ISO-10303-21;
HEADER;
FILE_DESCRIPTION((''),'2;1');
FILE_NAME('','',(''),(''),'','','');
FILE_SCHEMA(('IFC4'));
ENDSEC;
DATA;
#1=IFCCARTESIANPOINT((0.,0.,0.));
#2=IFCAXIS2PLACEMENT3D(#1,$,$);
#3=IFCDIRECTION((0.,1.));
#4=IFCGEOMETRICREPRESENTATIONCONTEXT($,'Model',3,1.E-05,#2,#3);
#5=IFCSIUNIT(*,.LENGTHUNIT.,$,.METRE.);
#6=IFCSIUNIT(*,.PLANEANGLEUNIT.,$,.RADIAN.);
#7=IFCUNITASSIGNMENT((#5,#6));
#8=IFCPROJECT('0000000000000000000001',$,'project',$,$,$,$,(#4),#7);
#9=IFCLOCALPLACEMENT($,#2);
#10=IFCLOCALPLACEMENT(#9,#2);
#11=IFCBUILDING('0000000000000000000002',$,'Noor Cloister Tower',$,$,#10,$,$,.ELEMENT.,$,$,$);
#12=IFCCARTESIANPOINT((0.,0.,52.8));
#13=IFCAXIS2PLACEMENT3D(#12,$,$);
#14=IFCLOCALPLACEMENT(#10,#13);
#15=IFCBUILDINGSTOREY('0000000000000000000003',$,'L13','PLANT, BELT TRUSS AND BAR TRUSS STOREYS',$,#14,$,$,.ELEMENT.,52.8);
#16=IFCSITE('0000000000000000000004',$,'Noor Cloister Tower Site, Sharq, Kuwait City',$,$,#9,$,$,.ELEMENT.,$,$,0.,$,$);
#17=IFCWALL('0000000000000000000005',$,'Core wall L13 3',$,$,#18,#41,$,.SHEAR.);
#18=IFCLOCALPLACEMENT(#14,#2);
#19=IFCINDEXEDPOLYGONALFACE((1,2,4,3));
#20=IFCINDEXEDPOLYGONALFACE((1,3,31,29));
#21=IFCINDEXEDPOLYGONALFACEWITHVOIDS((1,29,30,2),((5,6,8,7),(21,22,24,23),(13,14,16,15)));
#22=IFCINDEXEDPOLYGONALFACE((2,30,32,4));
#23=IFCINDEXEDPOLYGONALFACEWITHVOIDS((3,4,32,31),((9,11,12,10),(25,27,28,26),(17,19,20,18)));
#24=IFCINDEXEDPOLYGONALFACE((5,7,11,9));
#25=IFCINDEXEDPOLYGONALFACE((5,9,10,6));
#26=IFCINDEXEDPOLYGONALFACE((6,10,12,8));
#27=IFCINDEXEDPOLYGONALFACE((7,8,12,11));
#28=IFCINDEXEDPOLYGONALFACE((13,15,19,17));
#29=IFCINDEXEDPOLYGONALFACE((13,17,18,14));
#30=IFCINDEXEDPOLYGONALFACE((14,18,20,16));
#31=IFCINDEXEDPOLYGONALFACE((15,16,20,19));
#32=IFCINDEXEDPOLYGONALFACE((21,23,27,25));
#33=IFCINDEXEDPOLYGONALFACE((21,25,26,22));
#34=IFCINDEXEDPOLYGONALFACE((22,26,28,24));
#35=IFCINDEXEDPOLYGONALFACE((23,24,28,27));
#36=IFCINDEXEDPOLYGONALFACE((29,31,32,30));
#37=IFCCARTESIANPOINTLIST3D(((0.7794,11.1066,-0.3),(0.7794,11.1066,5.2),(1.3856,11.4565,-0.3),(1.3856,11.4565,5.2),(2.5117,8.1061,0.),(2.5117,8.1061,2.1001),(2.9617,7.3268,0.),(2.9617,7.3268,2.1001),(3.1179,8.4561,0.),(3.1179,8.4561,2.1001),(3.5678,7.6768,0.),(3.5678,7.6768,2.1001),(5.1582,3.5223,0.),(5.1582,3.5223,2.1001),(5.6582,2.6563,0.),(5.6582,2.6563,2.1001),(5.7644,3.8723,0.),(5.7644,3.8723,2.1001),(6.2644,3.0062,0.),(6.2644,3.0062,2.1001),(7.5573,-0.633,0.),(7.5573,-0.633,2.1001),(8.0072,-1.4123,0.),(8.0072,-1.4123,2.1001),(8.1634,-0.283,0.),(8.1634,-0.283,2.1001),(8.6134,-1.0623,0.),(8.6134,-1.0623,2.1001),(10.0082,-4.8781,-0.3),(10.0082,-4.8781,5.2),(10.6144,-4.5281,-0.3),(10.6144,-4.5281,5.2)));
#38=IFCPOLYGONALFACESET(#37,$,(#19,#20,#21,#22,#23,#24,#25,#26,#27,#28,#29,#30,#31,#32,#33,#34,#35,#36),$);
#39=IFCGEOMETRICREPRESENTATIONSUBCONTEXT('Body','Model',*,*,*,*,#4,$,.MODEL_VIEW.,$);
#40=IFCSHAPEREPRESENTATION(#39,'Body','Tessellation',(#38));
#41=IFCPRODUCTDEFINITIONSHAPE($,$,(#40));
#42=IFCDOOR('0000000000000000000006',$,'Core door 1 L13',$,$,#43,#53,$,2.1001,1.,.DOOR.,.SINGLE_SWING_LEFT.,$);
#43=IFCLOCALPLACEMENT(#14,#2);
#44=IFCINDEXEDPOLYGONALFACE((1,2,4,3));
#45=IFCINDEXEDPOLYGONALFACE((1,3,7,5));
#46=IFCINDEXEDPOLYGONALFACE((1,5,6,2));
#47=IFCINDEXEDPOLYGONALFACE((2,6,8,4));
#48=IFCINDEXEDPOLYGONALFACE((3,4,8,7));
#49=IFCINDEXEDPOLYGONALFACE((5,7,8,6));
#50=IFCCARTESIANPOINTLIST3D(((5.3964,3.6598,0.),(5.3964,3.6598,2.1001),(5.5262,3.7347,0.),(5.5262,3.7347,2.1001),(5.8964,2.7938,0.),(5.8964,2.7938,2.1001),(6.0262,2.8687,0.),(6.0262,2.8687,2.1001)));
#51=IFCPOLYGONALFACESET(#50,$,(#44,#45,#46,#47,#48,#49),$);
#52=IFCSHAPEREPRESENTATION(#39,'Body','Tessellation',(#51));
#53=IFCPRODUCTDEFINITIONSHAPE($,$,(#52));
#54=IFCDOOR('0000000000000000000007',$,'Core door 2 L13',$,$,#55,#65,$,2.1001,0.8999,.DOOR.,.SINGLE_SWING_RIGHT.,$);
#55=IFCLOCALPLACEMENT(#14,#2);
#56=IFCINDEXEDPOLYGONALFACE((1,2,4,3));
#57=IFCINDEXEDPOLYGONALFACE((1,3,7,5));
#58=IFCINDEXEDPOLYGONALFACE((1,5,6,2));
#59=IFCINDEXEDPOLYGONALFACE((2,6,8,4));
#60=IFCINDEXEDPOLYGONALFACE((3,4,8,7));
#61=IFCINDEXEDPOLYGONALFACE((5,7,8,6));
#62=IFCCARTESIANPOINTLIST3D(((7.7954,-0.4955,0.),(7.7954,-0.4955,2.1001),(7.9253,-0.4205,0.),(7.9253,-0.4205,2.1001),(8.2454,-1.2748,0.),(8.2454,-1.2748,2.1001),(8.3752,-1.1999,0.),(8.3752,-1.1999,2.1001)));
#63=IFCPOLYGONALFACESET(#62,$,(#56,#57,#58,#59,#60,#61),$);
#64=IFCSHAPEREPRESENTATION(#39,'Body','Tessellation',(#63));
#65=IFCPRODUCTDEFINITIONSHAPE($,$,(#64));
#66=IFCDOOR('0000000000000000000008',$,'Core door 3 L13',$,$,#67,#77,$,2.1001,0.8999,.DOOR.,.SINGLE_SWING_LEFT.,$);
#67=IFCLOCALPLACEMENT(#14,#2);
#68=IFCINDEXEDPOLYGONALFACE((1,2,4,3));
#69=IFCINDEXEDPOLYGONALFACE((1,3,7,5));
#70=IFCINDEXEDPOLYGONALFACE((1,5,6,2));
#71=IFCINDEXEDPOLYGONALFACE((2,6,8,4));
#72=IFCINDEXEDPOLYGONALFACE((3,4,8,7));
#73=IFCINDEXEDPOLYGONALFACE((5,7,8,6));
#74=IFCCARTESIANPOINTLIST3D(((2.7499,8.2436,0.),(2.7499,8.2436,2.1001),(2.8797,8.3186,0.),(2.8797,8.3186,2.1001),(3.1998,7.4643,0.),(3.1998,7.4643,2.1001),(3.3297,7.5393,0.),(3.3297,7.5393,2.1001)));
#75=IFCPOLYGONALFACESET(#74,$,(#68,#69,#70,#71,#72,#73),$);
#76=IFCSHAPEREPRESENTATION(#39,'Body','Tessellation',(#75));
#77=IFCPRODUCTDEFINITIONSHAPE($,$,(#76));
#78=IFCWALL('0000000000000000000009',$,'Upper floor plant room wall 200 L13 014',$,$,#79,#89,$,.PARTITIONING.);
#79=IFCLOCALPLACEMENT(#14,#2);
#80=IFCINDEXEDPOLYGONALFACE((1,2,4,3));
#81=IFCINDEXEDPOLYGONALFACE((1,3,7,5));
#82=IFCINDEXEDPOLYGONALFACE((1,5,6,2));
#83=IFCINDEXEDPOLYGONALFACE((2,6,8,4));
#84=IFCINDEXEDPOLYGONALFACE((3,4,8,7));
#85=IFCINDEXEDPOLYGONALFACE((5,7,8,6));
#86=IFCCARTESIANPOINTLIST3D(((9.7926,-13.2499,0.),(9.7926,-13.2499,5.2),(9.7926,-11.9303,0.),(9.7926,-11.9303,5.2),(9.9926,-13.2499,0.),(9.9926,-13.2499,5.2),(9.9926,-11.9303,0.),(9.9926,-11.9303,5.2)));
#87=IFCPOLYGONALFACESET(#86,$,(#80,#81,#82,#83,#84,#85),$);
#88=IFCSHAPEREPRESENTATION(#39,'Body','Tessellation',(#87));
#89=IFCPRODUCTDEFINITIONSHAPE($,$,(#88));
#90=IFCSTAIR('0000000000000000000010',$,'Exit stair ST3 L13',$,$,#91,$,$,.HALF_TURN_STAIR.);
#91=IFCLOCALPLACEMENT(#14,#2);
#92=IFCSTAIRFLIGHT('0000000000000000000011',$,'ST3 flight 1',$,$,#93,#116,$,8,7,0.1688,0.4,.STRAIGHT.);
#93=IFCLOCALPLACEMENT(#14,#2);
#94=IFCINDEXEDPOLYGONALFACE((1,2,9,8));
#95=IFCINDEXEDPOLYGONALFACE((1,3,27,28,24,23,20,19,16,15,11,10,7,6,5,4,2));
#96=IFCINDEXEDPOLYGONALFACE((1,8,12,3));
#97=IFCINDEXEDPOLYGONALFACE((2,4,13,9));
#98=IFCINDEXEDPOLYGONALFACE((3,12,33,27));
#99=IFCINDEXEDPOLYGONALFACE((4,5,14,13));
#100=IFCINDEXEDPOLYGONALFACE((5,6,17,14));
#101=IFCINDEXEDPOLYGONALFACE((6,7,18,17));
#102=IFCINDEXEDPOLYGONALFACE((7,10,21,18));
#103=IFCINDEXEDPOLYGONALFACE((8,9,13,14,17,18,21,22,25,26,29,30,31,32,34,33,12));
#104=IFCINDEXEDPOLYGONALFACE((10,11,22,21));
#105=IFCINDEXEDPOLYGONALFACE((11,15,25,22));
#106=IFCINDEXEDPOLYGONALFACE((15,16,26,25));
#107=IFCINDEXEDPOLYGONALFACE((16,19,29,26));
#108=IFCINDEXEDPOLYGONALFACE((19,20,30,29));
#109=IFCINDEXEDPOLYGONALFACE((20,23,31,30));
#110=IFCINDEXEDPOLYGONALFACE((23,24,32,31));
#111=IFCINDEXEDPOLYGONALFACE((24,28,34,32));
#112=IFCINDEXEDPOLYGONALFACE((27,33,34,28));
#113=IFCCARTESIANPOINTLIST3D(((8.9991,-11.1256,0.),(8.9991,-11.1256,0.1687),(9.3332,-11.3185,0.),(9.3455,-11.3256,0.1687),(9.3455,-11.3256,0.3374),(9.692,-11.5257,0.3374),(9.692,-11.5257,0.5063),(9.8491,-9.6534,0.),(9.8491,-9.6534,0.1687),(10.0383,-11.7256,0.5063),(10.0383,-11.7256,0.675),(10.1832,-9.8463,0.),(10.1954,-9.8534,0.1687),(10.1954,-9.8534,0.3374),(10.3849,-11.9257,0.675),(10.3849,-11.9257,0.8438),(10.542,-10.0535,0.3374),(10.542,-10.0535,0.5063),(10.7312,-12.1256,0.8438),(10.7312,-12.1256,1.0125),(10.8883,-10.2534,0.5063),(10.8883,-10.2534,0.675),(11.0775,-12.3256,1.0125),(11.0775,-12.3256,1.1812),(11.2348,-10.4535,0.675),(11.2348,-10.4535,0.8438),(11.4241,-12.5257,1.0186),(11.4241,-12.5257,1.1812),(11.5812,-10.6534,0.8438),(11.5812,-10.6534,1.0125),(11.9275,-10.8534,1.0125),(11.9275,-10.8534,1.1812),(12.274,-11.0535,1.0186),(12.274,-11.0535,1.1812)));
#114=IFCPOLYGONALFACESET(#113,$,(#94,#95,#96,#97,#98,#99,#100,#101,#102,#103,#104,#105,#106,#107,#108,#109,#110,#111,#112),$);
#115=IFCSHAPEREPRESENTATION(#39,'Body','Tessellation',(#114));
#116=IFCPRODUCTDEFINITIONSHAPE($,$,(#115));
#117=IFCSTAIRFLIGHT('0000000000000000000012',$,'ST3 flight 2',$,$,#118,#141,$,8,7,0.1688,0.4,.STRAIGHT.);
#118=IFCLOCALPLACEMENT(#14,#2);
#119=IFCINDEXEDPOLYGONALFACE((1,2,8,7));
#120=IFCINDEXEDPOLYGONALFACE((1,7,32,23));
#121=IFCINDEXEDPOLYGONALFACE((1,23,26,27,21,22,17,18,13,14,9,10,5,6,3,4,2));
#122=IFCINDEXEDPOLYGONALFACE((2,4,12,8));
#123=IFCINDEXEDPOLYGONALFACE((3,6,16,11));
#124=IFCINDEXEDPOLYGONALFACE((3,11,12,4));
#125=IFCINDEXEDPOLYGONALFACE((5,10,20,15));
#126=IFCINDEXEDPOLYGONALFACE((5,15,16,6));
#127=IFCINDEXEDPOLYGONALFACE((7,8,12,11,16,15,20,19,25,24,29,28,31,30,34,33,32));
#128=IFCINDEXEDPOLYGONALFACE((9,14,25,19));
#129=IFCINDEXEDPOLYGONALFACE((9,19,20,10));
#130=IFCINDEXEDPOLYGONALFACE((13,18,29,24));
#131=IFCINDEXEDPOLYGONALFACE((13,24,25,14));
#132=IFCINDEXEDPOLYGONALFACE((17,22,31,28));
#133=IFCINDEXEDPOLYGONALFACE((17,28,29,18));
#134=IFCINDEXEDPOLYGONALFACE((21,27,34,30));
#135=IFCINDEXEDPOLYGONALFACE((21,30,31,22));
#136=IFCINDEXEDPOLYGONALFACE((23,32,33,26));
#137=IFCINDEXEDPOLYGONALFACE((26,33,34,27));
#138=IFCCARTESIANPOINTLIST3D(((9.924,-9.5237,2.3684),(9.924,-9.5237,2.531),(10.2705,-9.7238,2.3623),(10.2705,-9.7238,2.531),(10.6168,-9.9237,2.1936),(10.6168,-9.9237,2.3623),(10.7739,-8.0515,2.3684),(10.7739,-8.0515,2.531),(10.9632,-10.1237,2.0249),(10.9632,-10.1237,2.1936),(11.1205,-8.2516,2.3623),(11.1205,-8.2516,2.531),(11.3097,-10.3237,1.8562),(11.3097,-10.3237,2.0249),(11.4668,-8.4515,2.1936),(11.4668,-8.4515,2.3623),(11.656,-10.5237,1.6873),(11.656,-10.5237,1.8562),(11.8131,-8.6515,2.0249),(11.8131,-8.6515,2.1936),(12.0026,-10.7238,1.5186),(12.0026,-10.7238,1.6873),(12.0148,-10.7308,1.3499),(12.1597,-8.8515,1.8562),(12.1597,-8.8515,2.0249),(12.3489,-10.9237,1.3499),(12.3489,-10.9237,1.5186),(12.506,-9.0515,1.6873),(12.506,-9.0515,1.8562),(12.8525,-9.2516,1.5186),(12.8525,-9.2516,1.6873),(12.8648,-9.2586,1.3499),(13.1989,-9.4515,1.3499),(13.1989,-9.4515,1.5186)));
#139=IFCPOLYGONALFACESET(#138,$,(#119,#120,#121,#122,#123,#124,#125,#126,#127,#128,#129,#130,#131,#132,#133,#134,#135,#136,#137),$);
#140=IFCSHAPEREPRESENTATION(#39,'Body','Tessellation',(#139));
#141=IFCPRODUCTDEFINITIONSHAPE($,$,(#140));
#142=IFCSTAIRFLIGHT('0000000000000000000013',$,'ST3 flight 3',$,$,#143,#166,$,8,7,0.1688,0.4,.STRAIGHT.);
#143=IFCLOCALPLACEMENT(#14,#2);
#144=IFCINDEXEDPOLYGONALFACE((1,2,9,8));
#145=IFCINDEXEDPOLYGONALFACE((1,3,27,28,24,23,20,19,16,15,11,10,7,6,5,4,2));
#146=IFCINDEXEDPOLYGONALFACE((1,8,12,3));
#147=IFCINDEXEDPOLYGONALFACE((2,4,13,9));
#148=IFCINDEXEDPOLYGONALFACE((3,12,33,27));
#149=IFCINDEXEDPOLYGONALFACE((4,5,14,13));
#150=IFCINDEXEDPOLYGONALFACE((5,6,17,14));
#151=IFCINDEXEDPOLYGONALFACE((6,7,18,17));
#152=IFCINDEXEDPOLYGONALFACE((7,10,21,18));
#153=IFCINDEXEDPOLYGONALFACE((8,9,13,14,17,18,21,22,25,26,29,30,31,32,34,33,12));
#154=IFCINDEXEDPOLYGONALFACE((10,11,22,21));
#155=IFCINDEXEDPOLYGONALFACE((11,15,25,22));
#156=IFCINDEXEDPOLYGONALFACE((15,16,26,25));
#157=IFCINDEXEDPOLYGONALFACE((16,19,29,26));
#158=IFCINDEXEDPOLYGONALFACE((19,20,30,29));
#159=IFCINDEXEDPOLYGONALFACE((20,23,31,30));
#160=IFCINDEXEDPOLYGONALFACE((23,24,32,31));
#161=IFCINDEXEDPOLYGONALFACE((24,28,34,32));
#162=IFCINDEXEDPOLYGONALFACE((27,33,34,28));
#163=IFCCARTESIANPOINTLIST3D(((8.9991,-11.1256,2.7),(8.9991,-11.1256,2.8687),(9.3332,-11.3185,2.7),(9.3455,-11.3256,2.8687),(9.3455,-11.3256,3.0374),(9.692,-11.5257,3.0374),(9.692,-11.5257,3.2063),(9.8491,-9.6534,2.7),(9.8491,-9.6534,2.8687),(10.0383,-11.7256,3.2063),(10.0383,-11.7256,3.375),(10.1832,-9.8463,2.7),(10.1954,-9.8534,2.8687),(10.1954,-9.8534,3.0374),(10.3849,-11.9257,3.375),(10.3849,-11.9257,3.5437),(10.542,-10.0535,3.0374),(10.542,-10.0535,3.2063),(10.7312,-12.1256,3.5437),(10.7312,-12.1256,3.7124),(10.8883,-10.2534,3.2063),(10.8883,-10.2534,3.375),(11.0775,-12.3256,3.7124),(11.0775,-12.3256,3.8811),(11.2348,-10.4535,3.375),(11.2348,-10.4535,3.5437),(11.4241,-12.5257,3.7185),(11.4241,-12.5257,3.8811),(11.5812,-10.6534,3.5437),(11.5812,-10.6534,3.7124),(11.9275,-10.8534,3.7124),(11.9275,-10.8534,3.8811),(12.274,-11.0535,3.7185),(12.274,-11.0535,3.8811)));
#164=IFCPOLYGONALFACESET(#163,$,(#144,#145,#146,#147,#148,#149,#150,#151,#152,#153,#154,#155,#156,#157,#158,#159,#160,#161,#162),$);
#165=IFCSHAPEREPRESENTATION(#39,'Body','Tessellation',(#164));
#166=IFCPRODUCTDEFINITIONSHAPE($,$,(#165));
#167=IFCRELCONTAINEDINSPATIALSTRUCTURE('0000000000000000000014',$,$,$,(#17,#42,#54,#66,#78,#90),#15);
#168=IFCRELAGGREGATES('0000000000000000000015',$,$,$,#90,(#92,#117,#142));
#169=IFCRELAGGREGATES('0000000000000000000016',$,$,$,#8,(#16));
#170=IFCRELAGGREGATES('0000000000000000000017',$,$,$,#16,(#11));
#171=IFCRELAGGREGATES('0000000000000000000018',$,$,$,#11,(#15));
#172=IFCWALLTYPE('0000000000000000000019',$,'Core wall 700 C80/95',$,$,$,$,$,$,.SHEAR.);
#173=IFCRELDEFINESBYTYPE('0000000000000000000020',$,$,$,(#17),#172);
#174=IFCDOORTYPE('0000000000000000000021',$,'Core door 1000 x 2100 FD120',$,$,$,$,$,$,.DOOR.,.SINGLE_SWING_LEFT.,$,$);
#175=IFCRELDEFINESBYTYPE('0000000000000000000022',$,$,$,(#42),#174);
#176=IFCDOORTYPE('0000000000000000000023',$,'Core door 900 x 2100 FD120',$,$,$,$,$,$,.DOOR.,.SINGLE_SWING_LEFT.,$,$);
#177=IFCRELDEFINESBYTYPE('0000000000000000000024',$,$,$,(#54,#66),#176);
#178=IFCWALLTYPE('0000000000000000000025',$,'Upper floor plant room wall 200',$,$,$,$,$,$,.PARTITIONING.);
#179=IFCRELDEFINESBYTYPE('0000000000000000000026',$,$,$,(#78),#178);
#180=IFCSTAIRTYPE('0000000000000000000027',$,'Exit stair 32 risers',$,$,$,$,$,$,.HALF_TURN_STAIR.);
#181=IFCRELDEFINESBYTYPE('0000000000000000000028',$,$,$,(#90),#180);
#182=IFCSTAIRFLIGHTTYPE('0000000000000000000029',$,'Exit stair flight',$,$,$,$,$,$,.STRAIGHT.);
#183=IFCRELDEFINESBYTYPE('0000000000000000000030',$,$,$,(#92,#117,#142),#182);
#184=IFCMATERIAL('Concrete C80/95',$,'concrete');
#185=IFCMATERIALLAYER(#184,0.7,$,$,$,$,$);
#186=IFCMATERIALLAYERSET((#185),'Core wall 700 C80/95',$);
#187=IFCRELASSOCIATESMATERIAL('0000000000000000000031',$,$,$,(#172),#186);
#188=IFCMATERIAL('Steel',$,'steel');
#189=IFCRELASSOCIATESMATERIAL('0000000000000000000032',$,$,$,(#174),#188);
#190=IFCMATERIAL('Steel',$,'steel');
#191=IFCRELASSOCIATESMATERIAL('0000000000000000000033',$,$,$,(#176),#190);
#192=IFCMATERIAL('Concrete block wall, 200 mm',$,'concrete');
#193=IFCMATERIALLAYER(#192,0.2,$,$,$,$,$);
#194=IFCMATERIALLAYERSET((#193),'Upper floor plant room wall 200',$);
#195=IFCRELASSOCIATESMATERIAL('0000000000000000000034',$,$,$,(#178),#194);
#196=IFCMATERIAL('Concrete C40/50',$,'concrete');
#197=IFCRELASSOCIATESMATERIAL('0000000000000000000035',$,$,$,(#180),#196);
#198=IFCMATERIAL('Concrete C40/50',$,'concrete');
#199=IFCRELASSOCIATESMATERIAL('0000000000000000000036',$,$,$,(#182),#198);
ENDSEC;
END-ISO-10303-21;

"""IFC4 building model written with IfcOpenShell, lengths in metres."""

from ifc_helpers import new_model, si_unit, direction, frame, frame_2d, origin, place, context, subcontext, project, spatial, polyline, rectangle, outline, extrude, material, layer, layer_set, type_object, element, fill, aggregate, save


model = new_model("IFC4")

# Units and contexts
model_context = context("Model", 3, precision=1e-05, world=origin(), true_north=direction((0.0, 1.0)))
body_context = subcontext(model_context, "Body", "Model", "MODEL_VIEW")
ifc_project = project(units=[si_unit("LENGTHUNIT", "METRE"), si_unit("PLANEANGLEUNIT", "RADIAN")], contexts=[model_context])

# Site, building, storey
site_placement = place(None, origin())
site = spatial("IfcSite", under=ifc_project, at=site_placement, Name="Noor Cloister Tower Site, Sharq, Kuwait City", CompositionType="ELEMENT", RefElevation=0.0)
building_placement = place(site_placement, origin())
building = spatial("IfcBuilding", under=site, at=building_placement, Name="Noor Cloister Tower", CompositionType="ELEMENT")
storey_placement = place(building_placement, frame((0.0, 0.0, 52.8)))
storey = spatial("IfcBuildingStorey", under=building, at=storey_placement, Name="L13", Description="PLANT, BELT TRUSS AND BAR TRUSS STOREYS", CompositionType="ELEMENT", Elevation=52.8)

# Wall, openings, doors
ifc_material_1 = material(Name="Concrete C80/95", Category="concrete")
ifc_layer_1 = layer(ifc_material_1, 0.7)
ifc_layer_set_1 = layer_set([ifc_layer_1], Name="Core wall 700 C80/95")
wall_type_1 = type_object("IfcWallType", Name="Core wall 700 C80/95", PredefinedType="SHEAR", material=ifc_layer_set_1)
wall_1_placement = place(storey_placement, frame((10.3113, -4.7031, -0.3), z_axis=(0.0, 0.0, 1.0), x_axis=(-0.500001, 0.866025, 0.0)))
wall_1 = element("IfcWall", 1, at=wall_1_placement, inside=storey, type_object=wall_type_1, Name="Core wall L13 3", PredefinedType="SHEAR", context=body_context, shape_type="SweptSolid", body=[
    extrude(rectangle(XDim=18.4575, YDim=0.7, at=frame_2d((9.2288, 0.0))), origin(), (0.0, 0.0, 1.0), 5.5),
])
opening_1_placement = place(wall_1_placement, frame((8.7, 0.0, 0.3)))
opening_1 = element("IfcOpeningElement", 2, at=opening_1_placement, cuts=wall_1, PredefinedType="OPENING", context=body_context, shape_type="SweptSolid", body=[
    extrude(rectangle(XDim=1.0, YDim=2.1001, at=frame_2d((0.5, 1.05))), frame((0.0, 0.3599, 0.0), z_axis=(0.0, -1.0, 0.0), x_axis=(1.0, 0.0, 0.0)), (0.0, 0.0, 1.0), 0.72),
])
opening_2_placement = place(wall_1_placement, frame((4.002, 0.0, 0.3)))
opening_2 = element("IfcOpeningElement", 3, at=opening_2_placement, cuts=wall_1, PredefinedType="OPENING", context=body_context, shape_type="SweptSolid", body=[
    extrude(rectangle(XDim=0.8999, YDim=2.1001, at=frame_2d((0.45, 1.05))), frame((0.0, 0.3599, 0.0), z_axis=(0.0, -1.0, 0.0), x_axis=(1.0, 0.0, 0.0)), (0.0, 0.0, 1.0), 0.72),
])
opening_3_placement = place(wall_1_placement, frame((14.093, 0.0, 0.3)))
opening_3 = element("IfcOpeningElement", 4, at=opening_3_placement, cuts=wall_1, PredefinedType="OPENING", context=body_context, shape_type="SweptSolid", body=[
    extrude(rectangle(XDim=0.8999, YDim=2.1001, at=frame_2d((0.45, 1.05))), frame((0.0, 0.3599, 0.0), z_axis=(0.0, -1.0, 0.0), x_axis=(1.0, 0.0, 0.0)), (0.0, 0.0, 1.0), 0.72),
])
ifc_material_2 = material(Name="Steel", Category="steel")
door_type_1 = type_object("IfcDoorType", Name="Core door 1000 x 2100 FD120", OperationType="SINGLE_SWING_LEFT", PredefinedType="DOOR", material=ifc_material_2)
door_1_placement = place(opening_1_placement, origin())
door_1 = element("IfcDoor", 5, at=door_1_placement, inside=storey, type_object=door_type_1, Name="Core door 1 L13", OperationType="SINGLE_SWING_LEFT", OverallHeight=2.1001, OverallWidth=1.0, PredefinedType="DOOR", context=body_context, shape_type="SweptSolid", body=[
    extrude(rectangle(XDim=1.0, YDim=2.1001, at=frame_2d((0.5, 1.05))), frame((0.0, 0.075, 0.0), z_axis=(0.0, -1.0, 0.0), x_axis=(1.0, 0.0, 0.0)), (0.0, 0.0, 1.0), 0.1499),
])
fill(opening_1, door_1)
ifc_material_3 = material(Name="Steel", Category="steel")
door_type_2 = type_object("IfcDoorType", Name="Core door 900 x 2100 FD120", OperationType="SINGLE_SWING_LEFT", PredefinedType="DOOR", material=ifc_material_3)
door_2_placement = place(opening_2_placement, origin())
door_2 = element("IfcDoor", 6, at=door_2_placement, inside=storey, type_object=door_type_2, Name="Core door 2 L13", OperationType="SINGLE_SWING_RIGHT", OverallHeight=2.1001, OverallWidth=0.8999, PredefinedType="DOOR", context=body_context, shape_type="SweptSolid", body=[
    extrude(rectangle(XDim=0.8999, YDim=2.1001, at=frame_2d((0.45, 1.05))), frame((0.0, 0.075, 0.0), z_axis=(0.0, -1.0, 0.0), x_axis=(1.0, 0.0, 0.0)), (0.0, 0.0, 1.0), 0.1499),
])
fill(opening_2, door_2)
door_3_placement = place(opening_3_placement, origin())
door_3 = element("IfcDoor", 7, at=door_3_placement, inside=storey, type_object=door_type_2, Name="Core door 3 L13", OperationType="SINGLE_SWING_LEFT", OverallHeight=2.1001, OverallWidth=0.8999, PredefinedType="DOOR", context=body_context, shape_type="SweptSolid", body=[
    extrude(rectangle(XDim=0.8999, YDim=2.1001, at=frame_2d((0.45, 1.05))), frame((0.0, 0.075, 0.0), z_axis=(0.0, -1.0, 0.0), x_axis=(1.0, 0.0, 0.0)), (0.0, 0.0, 1.0), 0.1499),
])
fill(opening_3, door_3)

# Wall
ifc_material_4 = material(Name="Concrete block wall, 200 mm", Category="concrete")
ifc_layer_2 = layer(ifc_material_4, 0.2)
ifc_layer_set_2 = layer_set([ifc_layer_2], Name="Upper floor plant room wall 200")
wall_type_2 = type_object("IfcWallType", Name="Upper floor plant room wall 200", PredefinedType="PARTITIONING", material=ifc_layer_set_2)
wall_2_placement = place(storey_placement, frame((9.8926, -13.2498, 0.0), z_axis=(0.0, 0.0, 1.0), x_axis=(0.0, 1.0, 0.0)))
element("IfcWall", 8, at=wall_2_placement, inside=storey, type_object=wall_type_2, Name="Upper floor plant room wall 200 L13 014", PredefinedType="PARTITIONING", context=body_context, shape_type="SweptSolid", body=[
    extrude(rectangle(XDim=1.3196, YDim=0.2, at=frame_2d((0.6597, 0.0))), origin(), (0.0, 0.0, 1.0), 5.2),
])

# Stair, stair flights
ifc_material_5 = material(Name="Concrete C40/50", Category="concrete")
stair_type = type_object("IfcStairType", Name="Exit stair 32 risers", PredefinedType="HALF_TURN_STAIR", material=ifc_material_5)
stair_placement = place(storey_placement, origin())
stair = element("IfcStair", 9, at=stair_placement, inside=storey, type_object=stair_type, Name="Exit stair ST3 L13", PredefinedType="HALF_TURN_STAIR")
ifc_material_6 = material(Name="Concrete C40/50", Category="concrete")
stair_flight_type = type_object("IfcStairFlightType", Name="Exit stair flight", PredefinedType="STRAIGHT", material=ifc_material_6)
stair_flight_1_placement = place(storey_placement, frame((9.4241, -10.3896, 0.0), z_axis=(0.0, 0.0, 1.0), x_axis=(0.866025, -0.5, 0.0)))
stair_flight_1 = element("IfcStairFlight", 10, at=stair_flight_1_placement, type_object=stair_flight_type, Name="ST3 flight 1", NumberOfRisers=8, NumberOfTreads=7, PredefinedType="STRAIGHT", RiserHeight=0.1688, TreadLength=0.4, context=body_context, shape_type="SweptSolid", body=[
    extrude(outline(polyline([(0.0, 0.0), (0.0, 0.1687), (0.3999, 0.1687), (0.3999, 0.3374), (0.8, 0.3374), (0.8, 0.5063), (1.2, 0.5063), (1.2, 0.675), (1.6001, 0.675), (1.6001, 0.8438), (2.0, 0.8438), (2.0, 1.0125), (2.3999, 1.0125), (2.3999, 1.1812), (2.8, 1.1812), (2.8, 1.3501), (2.8, 1.0186), (0.3857, 0.0), (0.0, 0.0)])), frame((0.0, 0.8501, 0.0), z_axis=(0.0, -1.0, 0.0), x_axis=(1.0, 0.0, 0.0)), (0.0, 0.0, 1.0), 1.7),
])
stair_flight_2_placement = place(storey_placement, frame((12.7739, -10.1875, 1.3499), z_axis=(0.0, 0.0, 1.0), x_axis=(-0.866025, 0.5, 0.0)))
stair_flight_2 = element("IfcStairFlight", 11, at=stair_flight_2_placement, type_object=stair_flight_type, Name="ST3 flight 2", NumberOfRisers=8, NumberOfTreads=7, PredefinedType="STRAIGHT", RiserHeight=0.1688, TreadLength=0.4, context=body_context, shape_type="SweptSolid", body=[
    extrude(outline(polyline([(0.0, 0.0), (0.0, 0.1687), (0.3999, 0.1687), (0.3999, 0.3374), (0.8, 0.3374), (0.8, 0.5063), (1.2, 0.5063), (1.2, 0.675), (1.6001, 0.675), (1.6001, 0.8438), (2.0, 0.8438), (2.0, 1.0125), (2.3999, 1.0125), (2.3999, 1.1812), (2.8, 1.1812), (2.8, 1.3501), (2.8, 1.0186), (0.3857, 0.0), (0.0, 0.0)])), frame((0.0, 0.8501, 0.0), z_axis=(0.0, -1.0, 0.0), x_axis=(1.0, 0.0, 0.0)), (0.0, 0.0, 1.0), 1.7),
])
stair_flight_3_placement = place(storey_placement, frame((9.4241, -10.3896, 2.7), z_axis=(0.0, 0.0, 1.0), x_axis=(0.866025, -0.5, 0.0)))
stair_flight_3 = element("IfcStairFlight", 12, at=stair_flight_3_placement, type_object=stair_flight_type, Name="ST3 flight 3", NumberOfRisers=8, NumberOfTreads=7, PredefinedType="STRAIGHT", RiserHeight=0.1688, TreadLength=0.4, context=body_context, shape_type="SweptSolid", body=[
    extrude(outline(polyline([(0.0, 0.0), (0.0, 0.1687), (0.3999, 0.1687), (0.3999, 0.3374), (0.8, 0.3374), (0.8, 0.5063), (1.2, 0.5063), (1.2, 0.675), (1.6001, 0.675), (1.6001, 0.8438), (2.0, 0.8438), (2.0, 1.0125), (2.3999, 1.0125), (2.3999, 1.1812), (2.8, 1.1812), (2.8, 1.3501), (2.8, 1.0186), (0.3857, 0.0), (0.0, 0.0)])), frame((0.0, 0.8501, 0.0), z_axis=(0.0, -1.0, 0.0), x_axis=(1.0, 0.0, 0.0)), (0.0, 0.0, 1.0), 1.7),
])
aggregate(stair, [stair_flight_1, stair_flight_2, stair_flight_3])

save(model, "model.ifc")
